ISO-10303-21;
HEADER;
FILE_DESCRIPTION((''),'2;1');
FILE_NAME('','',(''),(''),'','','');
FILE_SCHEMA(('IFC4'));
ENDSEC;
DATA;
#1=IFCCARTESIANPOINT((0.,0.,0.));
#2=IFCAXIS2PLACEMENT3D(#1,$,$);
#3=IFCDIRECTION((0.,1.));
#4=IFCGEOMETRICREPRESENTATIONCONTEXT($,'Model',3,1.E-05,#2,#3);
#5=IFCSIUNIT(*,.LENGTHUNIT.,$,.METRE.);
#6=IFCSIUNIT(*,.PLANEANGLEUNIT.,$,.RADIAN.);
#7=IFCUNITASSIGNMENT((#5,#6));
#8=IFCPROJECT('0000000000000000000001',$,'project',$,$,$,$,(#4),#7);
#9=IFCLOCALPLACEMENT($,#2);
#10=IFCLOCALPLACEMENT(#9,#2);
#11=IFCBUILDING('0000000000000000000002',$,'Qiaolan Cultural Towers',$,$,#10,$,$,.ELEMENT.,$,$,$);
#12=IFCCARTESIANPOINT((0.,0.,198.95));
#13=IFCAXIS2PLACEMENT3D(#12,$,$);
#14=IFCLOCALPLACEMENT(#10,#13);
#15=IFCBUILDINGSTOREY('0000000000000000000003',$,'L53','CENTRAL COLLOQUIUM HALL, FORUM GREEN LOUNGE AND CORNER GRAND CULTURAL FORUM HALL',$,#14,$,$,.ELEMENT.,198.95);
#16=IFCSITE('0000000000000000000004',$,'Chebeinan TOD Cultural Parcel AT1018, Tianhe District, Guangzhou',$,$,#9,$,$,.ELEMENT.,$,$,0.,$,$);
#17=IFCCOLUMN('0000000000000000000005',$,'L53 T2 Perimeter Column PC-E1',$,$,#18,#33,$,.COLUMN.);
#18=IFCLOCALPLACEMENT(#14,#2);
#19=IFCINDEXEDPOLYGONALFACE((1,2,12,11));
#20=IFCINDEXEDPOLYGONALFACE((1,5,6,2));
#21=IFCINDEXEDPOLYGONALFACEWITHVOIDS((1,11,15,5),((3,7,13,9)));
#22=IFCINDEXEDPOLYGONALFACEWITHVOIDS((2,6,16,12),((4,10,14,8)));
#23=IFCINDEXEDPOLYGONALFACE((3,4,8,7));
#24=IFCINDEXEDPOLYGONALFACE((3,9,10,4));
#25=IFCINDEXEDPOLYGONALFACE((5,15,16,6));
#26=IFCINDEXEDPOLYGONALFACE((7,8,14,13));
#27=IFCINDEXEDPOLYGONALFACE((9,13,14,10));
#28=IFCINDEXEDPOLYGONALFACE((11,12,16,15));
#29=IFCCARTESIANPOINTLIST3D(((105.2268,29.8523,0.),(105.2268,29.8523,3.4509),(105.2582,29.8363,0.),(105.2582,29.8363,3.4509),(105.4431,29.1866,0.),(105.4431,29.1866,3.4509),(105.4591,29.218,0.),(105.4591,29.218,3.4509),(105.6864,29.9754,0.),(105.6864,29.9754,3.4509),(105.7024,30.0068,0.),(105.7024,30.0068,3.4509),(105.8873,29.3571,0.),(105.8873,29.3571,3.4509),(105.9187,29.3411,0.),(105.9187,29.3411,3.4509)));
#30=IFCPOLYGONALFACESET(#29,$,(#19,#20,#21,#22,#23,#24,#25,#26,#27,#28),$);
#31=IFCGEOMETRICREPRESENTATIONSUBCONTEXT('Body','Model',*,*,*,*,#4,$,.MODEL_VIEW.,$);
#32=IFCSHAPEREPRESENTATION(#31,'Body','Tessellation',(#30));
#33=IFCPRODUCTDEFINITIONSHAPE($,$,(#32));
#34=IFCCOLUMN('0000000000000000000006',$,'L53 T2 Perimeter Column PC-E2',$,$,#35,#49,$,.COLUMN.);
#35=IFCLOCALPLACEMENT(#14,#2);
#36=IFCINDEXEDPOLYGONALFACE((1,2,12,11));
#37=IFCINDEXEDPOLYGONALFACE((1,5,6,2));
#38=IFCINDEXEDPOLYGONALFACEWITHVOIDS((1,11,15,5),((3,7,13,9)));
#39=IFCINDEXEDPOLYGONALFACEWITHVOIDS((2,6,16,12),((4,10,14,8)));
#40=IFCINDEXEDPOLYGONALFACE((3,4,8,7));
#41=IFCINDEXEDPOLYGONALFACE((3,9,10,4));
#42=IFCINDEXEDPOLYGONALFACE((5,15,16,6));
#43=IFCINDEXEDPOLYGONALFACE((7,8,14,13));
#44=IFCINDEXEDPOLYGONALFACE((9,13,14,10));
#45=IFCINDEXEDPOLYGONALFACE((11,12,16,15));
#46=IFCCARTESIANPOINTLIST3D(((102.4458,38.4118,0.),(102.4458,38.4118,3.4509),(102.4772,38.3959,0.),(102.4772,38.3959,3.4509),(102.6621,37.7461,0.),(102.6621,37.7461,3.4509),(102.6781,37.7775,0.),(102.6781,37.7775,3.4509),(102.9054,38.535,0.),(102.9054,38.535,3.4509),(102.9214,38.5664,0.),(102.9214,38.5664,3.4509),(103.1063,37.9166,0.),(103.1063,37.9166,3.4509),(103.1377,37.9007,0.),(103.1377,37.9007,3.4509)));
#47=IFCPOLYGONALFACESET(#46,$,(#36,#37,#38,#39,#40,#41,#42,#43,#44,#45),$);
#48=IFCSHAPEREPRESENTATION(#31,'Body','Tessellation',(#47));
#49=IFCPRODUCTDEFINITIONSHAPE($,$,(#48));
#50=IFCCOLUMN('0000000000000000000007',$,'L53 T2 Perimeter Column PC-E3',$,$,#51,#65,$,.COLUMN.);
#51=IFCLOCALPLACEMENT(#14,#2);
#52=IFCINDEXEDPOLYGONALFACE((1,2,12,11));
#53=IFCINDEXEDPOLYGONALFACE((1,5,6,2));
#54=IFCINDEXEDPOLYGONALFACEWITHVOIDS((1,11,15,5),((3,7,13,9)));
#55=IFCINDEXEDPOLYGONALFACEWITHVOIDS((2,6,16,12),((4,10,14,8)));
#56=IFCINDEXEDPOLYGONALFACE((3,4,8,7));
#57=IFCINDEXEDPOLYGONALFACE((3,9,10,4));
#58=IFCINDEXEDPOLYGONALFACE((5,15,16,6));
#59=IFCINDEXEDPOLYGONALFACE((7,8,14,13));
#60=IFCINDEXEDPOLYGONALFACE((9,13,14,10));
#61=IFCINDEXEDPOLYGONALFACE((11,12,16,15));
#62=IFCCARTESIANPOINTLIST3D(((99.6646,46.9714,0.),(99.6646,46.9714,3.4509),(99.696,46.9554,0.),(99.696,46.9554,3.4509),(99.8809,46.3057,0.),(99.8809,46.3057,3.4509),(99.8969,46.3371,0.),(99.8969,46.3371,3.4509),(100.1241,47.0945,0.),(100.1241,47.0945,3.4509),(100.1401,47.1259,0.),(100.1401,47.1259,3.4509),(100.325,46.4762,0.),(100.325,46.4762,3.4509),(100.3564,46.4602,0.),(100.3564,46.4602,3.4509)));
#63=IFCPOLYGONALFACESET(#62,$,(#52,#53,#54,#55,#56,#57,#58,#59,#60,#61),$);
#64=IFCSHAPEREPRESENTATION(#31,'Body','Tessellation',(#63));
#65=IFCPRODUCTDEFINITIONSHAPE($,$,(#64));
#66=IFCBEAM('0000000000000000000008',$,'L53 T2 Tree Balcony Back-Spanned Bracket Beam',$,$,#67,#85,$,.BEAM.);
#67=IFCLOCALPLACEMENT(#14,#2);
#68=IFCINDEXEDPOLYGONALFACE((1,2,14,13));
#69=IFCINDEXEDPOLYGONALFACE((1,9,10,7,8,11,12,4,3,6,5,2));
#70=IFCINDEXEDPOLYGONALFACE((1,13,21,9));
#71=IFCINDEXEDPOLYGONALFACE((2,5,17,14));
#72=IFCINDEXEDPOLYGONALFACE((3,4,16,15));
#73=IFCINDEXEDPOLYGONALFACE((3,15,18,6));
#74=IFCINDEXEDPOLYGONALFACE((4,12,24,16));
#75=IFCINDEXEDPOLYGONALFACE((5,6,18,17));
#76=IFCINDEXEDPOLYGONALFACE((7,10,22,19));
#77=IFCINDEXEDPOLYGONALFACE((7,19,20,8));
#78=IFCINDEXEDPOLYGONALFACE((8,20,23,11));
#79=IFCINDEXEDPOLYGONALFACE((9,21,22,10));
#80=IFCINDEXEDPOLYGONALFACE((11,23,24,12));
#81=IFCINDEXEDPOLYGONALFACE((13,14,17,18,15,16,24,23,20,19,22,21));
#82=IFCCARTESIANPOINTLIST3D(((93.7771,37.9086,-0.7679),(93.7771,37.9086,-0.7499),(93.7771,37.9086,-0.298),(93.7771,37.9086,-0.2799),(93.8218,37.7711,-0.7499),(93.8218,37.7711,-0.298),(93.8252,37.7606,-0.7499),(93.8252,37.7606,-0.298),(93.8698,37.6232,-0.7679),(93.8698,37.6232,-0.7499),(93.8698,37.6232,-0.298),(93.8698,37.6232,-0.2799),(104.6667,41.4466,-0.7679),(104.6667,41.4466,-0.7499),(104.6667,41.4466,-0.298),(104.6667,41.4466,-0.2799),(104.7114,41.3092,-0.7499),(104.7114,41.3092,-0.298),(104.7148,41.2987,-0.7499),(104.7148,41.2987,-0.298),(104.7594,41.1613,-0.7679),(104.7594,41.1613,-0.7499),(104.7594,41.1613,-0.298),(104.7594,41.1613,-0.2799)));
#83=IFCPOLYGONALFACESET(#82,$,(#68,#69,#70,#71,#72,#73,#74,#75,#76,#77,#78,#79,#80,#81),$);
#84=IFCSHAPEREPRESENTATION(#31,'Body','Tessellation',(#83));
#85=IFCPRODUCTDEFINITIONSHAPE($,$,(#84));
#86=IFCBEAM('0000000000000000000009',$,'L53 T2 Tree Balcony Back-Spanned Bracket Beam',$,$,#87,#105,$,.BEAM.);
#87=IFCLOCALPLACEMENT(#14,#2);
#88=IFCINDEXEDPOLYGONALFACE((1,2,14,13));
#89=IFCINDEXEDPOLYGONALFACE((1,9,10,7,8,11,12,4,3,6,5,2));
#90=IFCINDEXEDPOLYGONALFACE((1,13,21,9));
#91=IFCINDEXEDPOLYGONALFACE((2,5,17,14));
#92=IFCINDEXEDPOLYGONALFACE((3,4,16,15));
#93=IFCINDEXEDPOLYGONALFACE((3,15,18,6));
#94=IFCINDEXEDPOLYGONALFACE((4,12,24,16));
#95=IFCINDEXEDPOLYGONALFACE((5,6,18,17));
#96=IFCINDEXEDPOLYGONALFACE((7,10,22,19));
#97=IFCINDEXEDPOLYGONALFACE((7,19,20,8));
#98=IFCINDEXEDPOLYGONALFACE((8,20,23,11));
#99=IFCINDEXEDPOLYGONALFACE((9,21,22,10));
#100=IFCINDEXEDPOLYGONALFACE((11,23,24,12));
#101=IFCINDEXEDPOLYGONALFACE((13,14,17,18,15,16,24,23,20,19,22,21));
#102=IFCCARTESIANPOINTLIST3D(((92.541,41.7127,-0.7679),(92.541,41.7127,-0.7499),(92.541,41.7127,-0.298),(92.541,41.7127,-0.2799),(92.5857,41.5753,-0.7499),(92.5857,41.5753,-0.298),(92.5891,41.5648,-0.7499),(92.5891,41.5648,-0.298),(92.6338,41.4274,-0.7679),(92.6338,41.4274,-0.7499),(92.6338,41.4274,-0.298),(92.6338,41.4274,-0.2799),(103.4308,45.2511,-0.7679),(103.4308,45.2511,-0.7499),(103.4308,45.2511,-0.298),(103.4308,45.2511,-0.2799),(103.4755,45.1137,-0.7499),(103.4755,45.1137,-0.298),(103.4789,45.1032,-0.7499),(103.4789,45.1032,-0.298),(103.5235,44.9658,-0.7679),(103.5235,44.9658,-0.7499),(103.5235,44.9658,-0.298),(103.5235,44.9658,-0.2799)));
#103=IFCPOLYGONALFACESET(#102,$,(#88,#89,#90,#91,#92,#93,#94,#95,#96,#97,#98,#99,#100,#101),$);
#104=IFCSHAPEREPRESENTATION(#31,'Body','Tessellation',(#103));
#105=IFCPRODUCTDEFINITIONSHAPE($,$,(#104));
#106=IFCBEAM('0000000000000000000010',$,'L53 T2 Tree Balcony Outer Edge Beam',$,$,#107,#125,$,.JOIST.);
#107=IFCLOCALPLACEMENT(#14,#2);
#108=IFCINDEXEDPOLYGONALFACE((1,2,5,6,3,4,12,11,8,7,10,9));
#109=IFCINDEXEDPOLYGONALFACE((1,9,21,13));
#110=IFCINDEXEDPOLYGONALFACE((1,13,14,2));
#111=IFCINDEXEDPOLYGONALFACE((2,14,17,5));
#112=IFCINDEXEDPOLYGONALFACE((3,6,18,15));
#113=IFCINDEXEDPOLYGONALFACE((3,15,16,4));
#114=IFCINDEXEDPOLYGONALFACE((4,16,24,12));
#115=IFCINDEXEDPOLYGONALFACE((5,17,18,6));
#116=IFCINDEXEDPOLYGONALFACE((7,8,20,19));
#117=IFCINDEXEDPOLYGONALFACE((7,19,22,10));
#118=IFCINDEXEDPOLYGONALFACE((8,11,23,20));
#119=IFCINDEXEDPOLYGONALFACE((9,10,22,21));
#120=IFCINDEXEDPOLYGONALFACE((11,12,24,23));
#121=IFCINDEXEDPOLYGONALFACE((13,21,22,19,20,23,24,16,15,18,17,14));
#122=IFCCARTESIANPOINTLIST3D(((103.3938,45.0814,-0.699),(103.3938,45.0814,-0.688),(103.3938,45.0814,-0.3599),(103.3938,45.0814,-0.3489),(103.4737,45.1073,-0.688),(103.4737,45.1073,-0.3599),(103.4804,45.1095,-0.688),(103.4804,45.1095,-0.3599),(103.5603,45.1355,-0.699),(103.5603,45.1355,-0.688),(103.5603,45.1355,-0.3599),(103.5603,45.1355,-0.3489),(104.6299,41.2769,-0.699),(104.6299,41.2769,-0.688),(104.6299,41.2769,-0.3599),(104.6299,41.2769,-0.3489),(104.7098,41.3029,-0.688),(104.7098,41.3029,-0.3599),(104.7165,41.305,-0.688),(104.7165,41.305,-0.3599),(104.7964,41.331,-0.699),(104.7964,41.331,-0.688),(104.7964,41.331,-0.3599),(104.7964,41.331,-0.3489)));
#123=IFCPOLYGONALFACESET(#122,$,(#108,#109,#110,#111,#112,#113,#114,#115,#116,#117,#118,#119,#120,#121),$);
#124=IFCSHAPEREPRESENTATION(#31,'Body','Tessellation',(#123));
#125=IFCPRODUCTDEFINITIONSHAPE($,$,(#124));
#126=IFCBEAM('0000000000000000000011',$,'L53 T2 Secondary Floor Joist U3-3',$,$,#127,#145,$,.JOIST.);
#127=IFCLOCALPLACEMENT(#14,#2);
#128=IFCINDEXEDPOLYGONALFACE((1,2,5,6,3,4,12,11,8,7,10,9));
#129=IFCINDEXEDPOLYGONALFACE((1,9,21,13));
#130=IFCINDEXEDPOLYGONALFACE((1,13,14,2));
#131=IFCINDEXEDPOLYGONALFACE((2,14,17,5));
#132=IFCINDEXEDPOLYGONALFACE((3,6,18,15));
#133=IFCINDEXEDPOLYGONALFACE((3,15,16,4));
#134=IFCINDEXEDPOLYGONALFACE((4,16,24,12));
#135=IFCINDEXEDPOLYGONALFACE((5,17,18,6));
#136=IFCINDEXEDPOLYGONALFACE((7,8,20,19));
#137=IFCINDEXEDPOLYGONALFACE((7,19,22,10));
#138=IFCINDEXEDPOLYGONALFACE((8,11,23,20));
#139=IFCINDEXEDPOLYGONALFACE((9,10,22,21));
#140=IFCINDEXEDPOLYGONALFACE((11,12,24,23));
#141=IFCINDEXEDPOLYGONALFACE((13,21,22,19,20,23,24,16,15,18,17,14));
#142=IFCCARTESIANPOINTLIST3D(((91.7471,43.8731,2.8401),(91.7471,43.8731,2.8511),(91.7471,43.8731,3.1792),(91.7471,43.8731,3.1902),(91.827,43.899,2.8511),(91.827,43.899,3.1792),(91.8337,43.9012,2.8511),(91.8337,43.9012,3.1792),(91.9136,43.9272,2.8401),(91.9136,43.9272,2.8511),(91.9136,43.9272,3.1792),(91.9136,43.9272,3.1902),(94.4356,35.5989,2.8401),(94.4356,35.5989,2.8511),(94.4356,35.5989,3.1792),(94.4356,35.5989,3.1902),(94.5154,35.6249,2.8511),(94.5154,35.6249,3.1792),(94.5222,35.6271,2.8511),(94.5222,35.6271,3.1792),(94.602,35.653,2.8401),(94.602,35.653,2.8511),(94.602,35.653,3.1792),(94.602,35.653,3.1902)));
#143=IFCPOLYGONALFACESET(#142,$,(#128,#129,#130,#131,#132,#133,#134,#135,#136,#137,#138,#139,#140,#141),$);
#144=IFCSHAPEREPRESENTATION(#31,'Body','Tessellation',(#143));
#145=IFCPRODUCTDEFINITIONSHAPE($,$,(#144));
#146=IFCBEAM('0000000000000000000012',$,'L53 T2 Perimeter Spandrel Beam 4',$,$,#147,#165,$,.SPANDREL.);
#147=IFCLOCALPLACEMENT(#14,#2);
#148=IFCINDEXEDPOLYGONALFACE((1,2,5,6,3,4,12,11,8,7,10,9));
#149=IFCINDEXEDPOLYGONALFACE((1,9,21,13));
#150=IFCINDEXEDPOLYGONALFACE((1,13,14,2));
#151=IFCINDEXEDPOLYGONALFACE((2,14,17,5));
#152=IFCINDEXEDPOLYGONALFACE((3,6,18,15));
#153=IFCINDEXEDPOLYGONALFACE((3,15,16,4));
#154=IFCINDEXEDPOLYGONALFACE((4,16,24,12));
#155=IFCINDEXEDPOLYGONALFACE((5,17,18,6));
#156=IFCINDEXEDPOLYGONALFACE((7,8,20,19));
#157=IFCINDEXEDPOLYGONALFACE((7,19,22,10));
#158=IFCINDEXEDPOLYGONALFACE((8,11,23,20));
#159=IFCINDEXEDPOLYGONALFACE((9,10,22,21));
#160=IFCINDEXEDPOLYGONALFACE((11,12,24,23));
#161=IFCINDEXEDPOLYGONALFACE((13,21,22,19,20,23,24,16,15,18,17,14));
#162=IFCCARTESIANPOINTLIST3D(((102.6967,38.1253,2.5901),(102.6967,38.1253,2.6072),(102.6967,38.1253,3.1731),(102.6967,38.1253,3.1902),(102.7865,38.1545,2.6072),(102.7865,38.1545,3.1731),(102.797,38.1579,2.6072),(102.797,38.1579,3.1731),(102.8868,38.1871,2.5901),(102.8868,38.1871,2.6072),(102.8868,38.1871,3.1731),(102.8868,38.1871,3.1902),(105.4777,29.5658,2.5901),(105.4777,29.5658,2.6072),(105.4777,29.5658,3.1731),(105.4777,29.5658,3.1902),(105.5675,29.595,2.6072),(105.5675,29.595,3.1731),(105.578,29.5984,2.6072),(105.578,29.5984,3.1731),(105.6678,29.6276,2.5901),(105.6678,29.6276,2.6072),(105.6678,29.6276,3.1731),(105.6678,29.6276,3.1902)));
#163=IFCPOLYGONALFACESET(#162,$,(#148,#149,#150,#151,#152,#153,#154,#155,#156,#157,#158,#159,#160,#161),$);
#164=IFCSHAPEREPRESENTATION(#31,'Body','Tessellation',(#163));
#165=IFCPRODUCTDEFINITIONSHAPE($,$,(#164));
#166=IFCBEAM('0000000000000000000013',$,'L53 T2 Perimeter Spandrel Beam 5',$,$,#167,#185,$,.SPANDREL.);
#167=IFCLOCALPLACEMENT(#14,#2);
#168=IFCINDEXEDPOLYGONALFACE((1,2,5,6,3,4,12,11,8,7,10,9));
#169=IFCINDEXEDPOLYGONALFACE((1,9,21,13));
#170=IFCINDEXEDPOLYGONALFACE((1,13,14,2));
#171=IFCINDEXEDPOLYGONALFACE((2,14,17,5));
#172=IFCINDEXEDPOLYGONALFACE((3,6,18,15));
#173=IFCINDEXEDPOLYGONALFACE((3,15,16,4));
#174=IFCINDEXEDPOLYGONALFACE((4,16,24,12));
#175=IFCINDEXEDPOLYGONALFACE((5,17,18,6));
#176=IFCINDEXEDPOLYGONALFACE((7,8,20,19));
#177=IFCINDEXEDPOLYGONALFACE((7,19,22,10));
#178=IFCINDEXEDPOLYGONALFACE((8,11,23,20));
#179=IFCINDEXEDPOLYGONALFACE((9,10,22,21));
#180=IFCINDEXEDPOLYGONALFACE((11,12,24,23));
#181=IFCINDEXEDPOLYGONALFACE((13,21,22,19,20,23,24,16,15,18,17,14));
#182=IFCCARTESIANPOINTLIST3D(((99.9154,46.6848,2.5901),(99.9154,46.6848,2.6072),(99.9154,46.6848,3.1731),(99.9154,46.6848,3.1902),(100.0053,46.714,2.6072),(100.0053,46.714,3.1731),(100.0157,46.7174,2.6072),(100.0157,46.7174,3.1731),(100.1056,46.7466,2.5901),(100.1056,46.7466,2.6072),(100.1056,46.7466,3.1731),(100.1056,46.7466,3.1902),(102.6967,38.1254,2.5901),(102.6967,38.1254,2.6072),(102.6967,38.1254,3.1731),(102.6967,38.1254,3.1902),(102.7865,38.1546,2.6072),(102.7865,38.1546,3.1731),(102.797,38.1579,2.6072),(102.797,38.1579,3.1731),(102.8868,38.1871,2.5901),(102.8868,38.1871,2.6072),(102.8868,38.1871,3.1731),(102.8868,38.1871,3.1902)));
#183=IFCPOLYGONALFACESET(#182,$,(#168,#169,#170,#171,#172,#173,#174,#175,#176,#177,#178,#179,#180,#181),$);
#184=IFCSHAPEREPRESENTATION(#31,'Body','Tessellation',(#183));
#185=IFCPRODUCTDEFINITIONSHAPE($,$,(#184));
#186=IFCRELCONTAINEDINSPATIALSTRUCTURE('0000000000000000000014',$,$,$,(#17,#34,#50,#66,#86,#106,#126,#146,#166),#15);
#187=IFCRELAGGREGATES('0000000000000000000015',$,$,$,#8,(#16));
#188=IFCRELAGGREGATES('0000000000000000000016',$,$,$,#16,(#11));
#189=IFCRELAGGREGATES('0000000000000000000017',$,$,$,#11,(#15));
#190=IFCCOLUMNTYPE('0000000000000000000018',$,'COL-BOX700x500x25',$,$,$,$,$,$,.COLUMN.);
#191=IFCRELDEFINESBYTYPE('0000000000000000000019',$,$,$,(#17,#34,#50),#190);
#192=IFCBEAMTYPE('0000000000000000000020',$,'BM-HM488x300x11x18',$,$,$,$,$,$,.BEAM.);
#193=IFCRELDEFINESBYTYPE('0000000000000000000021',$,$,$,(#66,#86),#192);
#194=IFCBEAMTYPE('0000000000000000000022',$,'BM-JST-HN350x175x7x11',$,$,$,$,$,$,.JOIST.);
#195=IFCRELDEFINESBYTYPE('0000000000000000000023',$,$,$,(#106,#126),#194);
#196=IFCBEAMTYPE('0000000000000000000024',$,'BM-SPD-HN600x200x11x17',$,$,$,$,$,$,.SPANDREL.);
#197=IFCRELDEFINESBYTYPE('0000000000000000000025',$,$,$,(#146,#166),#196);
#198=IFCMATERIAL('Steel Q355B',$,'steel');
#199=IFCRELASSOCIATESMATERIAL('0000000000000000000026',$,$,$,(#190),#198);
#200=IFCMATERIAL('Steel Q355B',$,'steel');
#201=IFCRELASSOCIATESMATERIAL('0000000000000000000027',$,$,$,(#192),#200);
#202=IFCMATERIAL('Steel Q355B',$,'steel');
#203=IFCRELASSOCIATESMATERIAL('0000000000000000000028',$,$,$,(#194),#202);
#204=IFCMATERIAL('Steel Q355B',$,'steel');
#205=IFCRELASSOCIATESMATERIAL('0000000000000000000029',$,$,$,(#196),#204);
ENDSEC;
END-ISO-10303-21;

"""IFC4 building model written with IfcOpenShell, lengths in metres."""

from ifc_helpers import new_model, si_unit, direction, frame, origin, origin_2d, place, context, subcontext, project, spatial, hollow_rectangle, i_section, extrude, material, material_profile, profile_set, type_object, element, save


model = new_model("IFC4")

# Units and contexts
model_context = context("Model", 3, precision=1e-05, world=origin(), true_north=direction((0.0, 1.0)))
body_context = subcontext(model_context, "Body", "Model", "MODEL_VIEW")
ifc_project = project(units=[si_unit("LENGTHUNIT", "METRE"), si_unit("PLANEANGLEUNIT", "RADIAN")], contexts=[model_context])

# Site, building, storey
site_placement = place(None, origin())
site = spatial("IfcSite", under=ifc_project, at=site_placement, Name="Chebeinan TOD Cultural Parcel AT1018, Tianhe District, Guangzhou", CompositionType="ELEMENT", RefElevation=0.0)
building_placement = place(site_placement, origin())
building = spatial("IfcBuilding", under=site, at=building_placement, Name="Qiaolan Cultural Towers", CompositionType="ELEMENT")
storey_placement = place(building_placement, frame((0.0, 0.0, 198.95)))
storey = spatial("IfcBuildingStorey", under=building, at=storey_placement, Name="L53", Description="CENTRAL COLLOQUIUM HALL, FORUM GREEN LOUNGE AND CORNER GRAND CULTURAL FORUM HALL", CompositionType="ELEMENT", Elevation=198.95)

# Columns
ifc_material_1 = material(Name="Steel Q355B", Category="steel")
ifc_material_profile_1 = material_profile(ifc_material_1, hollow_rectangle(XDim=0.5, YDim=0.7, WallThickness=0.0249, at=origin_2d()), Name="BOX700x500x25")
ifc_profile_set_1 = profile_set([ifc_material_profile_1], Name="Steel Q355B")
column_type = type_object("IfcColumnType", Name="COL-BOX700x500x25", PredefinedType="COLUMN", material=ifc_profile_set_1)
for number, where, z_axis, x_axis, name in (
    (1, (105.5728, 29.5967, 0.0), (0.0, 0.0, 1.0), (0.951057, 0.309017, 0.0), "L53 T2 Perimeter Column PC-E1"),
    (2, (102.7917, 38.1562, 0.0), (0.0, 0.0, 1.0), (0.951057, 0.309017, 0.0), "L53 T2 Perimeter Column PC-E2"),
    (3, (100.0105, 46.7158, 0.0), (0.0, 0.0, 1.0), (0.951057, 0.309017, 0.0), "L53 T2 Perimeter Column PC-E3"),
):
    element("IfcColumn", number, at=place(storey_placement, frame(where, z_axis=z_axis, x_axis=x_axis)), inside=storey, type_object=column_type, Name=name, PredefinedType="COLUMN", context=body_context, shape_type="SweptSolid", body=[
        extrude(hollow_rectangle(XDim=0.5, YDim=0.7, WallThickness=0.0249, at=origin_2d()), origin(), (0.0, 0.0, 1.0), 3.4509),
    ])

# Beams
ifc_material_2 = material(Name="Steel Q355B", Category="steel")
ifc_material_profile_2 = material_profile(ifc_material_2, i_section(OverallWidth=0.3, OverallDepth=0.488, WebThickness=0.011, FlangeThickness=0.0181, at=origin_2d()), Name="HM488x300x11x18")
ifc_profile_set_2 = profile_set([ifc_material_profile_2], Name="Steel Q355B")
beam_type_1 = type_object("IfcBeamType", Name="BM-HM488x300x11x18", PredefinedType="BEAM", material=ifc_profile_set_2)
beam_1_placement = place(storey_placement, frame((93.8235, 37.7659, -0.5239), z_axis=(0.951061, 0.309003, 0.0), x_axis=(-0.309003, 0.951061, 0.0)))
element("IfcBeam", 4, at=beam_1_placement, inside=storey, type_object=beam_type_1, Name="L53 T2 Tree Balcony Back-Spanned Bracket Beam", PredefinedType="BEAM", context=body_context, shape_type="SweptSolid", body=[
    extrude(i_section(OverallWidth=0.3, OverallDepth=0.488, WebThickness=0.011, FlangeThickness=0.0181, at=origin_2d()), origin(), (0.0, 0.0, 1.0), 11.45),
])
beam_2_placement = place(storey_placement, frame((92.5874, 41.5701, -0.5239), z_axis=(0.951055, 0.309022, 0.0), x_axis=(-0.309022, 0.951055, 0.0)))
element("IfcBeam", 5, at=beam_2_placement, inside=storey, type_object=beam_type_1, Name="L53 T2 Tree Balcony Back-Spanned Bracket Beam", PredefinedType="BEAM", context=body_context, shape_type="SweptSolid", body=[
    extrude(i_section(OverallWidth=0.3, OverallDepth=0.488, WebThickness=0.011, FlangeThickness=0.0181, at=origin_2d()), origin(), (0.0, 0.0, 1.0), 11.4502),
])
ifc_material_3 = material(Name="Steel Q355B", Category="steel")
ifc_material_profile_3 = material_profile(ifc_material_3, i_section(OverallWidth=0.175, OverallDepth=0.3501, WebThickness=0.0071, FlangeThickness=0.011, at=origin_2d()), Name="HN350x175x7x11")
ifc_profile_set_3 = profile_set([ifc_material_profile_3], Name="Steel Q355B")
beam_type_2 = type_object("IfcBeamType", Name="BM-JST-HN350x175x7x11", PredefinedType="JOIST", material=ifc_profile_set_3)
beam_3_placement = place(storey_placement, frame((104.7131, 41.304, -0.5239), z_axis=(-0.309005, 0.951061, 0.0), x_axis=(-0.951061, -0.309005, 0.0)))
element("IfcBeam", 6, at=beam_3_placement, inside=storey, type_object=beam_type_2, Name="L53 T2 Tree Balcony Outer Edge Beam", PredefinedType="JOIST", context=body_context, shape_type="SweptSolid", body=[
    extrude(i_section(OverallWidth=0.175, OverallDepth=0.3501, WebThickness=0.0071, FlangeThickness=0.011, at=origin_2d()), origin(), (0.0, 0.0, 1.0), 4.0002),
])
beam_4_placement = place(storey_placement, frame((94.5188, 35.626, 3.0151), z_axis=(-0.309021, 0.951055, 0.0), x_axis=(-0.951055, -0.309021, 0.0)))
element("IfcBeam", 7, at=beam_4_placement, inside=storey, type_object=beam_type_2, Name="L53 T2 Secondary Floor Joist U3-3", PredefinedType="JOIST", context=body_context, shape_type="SweptSolid", body=[
    extrude(i_section(OverallWidth=0.175, OverallDepth=0.3501, WebThickness=0.0071, FlangeThickness=0.011, at=origin_2d()), origin(), (0.0, 0.0, 1.0), 8.7),
])
ifc_material_4 = material(Name="Steel Q355B", Category="steel")
ifc_material_profile_4 = material_profile(ifc_material_4, i_section(OverallWidth=0.2, OverallDepth=0.6001, WebThickness=0.011, FlangeThickness=0.0171, at=origin_2d()), Name="HN600x200x11x17")
ifc_profile_set_4 = profile_set([ifc_material_profile_4], Name="Steel Q355B")
beam_type_3 = type_object("IfcBeamType", Name="BM-SPD-HN600x200x11x17", PredefinedType="SPANDREL", material=ifc_profile_set_4)
for number, where, z_axis, x_axis, name in (
    (8, (105.5728, 29.5967, 2.8901), (-0.309, 0.951062, 0.0), (-0.951062, -0.309, 0.0), "L53 T2 Perimeter Spandrel Beam 4"),
    (9, (102.7917, 38.1562, 2.8901), (-0.309025, 0.951054, 0.0), (-0.951054, -0.309025, 0.0), "L53 T2 Perimeter Spandrel Beam 5"),
):
    element("IfcBeam", number, at=place(storey_placement, frame(where, z_axis=z_axis, x_axis=x_axis)), inside=storey, type_object=beam_type_3, Name=name, PredefinedType="SPANDREL", context=body_context, shape_type="SweptSolid", body=[
        extrude(i_section(OverallWidth=0.2, OverallDepth=0.6001, WebThickness=0.011, FlangeThickness=0.0171, at=origin_2d()), origin(), (0.0, 0.0, 1.0), 9.0),
    ])

save(model, "model.ifc")
